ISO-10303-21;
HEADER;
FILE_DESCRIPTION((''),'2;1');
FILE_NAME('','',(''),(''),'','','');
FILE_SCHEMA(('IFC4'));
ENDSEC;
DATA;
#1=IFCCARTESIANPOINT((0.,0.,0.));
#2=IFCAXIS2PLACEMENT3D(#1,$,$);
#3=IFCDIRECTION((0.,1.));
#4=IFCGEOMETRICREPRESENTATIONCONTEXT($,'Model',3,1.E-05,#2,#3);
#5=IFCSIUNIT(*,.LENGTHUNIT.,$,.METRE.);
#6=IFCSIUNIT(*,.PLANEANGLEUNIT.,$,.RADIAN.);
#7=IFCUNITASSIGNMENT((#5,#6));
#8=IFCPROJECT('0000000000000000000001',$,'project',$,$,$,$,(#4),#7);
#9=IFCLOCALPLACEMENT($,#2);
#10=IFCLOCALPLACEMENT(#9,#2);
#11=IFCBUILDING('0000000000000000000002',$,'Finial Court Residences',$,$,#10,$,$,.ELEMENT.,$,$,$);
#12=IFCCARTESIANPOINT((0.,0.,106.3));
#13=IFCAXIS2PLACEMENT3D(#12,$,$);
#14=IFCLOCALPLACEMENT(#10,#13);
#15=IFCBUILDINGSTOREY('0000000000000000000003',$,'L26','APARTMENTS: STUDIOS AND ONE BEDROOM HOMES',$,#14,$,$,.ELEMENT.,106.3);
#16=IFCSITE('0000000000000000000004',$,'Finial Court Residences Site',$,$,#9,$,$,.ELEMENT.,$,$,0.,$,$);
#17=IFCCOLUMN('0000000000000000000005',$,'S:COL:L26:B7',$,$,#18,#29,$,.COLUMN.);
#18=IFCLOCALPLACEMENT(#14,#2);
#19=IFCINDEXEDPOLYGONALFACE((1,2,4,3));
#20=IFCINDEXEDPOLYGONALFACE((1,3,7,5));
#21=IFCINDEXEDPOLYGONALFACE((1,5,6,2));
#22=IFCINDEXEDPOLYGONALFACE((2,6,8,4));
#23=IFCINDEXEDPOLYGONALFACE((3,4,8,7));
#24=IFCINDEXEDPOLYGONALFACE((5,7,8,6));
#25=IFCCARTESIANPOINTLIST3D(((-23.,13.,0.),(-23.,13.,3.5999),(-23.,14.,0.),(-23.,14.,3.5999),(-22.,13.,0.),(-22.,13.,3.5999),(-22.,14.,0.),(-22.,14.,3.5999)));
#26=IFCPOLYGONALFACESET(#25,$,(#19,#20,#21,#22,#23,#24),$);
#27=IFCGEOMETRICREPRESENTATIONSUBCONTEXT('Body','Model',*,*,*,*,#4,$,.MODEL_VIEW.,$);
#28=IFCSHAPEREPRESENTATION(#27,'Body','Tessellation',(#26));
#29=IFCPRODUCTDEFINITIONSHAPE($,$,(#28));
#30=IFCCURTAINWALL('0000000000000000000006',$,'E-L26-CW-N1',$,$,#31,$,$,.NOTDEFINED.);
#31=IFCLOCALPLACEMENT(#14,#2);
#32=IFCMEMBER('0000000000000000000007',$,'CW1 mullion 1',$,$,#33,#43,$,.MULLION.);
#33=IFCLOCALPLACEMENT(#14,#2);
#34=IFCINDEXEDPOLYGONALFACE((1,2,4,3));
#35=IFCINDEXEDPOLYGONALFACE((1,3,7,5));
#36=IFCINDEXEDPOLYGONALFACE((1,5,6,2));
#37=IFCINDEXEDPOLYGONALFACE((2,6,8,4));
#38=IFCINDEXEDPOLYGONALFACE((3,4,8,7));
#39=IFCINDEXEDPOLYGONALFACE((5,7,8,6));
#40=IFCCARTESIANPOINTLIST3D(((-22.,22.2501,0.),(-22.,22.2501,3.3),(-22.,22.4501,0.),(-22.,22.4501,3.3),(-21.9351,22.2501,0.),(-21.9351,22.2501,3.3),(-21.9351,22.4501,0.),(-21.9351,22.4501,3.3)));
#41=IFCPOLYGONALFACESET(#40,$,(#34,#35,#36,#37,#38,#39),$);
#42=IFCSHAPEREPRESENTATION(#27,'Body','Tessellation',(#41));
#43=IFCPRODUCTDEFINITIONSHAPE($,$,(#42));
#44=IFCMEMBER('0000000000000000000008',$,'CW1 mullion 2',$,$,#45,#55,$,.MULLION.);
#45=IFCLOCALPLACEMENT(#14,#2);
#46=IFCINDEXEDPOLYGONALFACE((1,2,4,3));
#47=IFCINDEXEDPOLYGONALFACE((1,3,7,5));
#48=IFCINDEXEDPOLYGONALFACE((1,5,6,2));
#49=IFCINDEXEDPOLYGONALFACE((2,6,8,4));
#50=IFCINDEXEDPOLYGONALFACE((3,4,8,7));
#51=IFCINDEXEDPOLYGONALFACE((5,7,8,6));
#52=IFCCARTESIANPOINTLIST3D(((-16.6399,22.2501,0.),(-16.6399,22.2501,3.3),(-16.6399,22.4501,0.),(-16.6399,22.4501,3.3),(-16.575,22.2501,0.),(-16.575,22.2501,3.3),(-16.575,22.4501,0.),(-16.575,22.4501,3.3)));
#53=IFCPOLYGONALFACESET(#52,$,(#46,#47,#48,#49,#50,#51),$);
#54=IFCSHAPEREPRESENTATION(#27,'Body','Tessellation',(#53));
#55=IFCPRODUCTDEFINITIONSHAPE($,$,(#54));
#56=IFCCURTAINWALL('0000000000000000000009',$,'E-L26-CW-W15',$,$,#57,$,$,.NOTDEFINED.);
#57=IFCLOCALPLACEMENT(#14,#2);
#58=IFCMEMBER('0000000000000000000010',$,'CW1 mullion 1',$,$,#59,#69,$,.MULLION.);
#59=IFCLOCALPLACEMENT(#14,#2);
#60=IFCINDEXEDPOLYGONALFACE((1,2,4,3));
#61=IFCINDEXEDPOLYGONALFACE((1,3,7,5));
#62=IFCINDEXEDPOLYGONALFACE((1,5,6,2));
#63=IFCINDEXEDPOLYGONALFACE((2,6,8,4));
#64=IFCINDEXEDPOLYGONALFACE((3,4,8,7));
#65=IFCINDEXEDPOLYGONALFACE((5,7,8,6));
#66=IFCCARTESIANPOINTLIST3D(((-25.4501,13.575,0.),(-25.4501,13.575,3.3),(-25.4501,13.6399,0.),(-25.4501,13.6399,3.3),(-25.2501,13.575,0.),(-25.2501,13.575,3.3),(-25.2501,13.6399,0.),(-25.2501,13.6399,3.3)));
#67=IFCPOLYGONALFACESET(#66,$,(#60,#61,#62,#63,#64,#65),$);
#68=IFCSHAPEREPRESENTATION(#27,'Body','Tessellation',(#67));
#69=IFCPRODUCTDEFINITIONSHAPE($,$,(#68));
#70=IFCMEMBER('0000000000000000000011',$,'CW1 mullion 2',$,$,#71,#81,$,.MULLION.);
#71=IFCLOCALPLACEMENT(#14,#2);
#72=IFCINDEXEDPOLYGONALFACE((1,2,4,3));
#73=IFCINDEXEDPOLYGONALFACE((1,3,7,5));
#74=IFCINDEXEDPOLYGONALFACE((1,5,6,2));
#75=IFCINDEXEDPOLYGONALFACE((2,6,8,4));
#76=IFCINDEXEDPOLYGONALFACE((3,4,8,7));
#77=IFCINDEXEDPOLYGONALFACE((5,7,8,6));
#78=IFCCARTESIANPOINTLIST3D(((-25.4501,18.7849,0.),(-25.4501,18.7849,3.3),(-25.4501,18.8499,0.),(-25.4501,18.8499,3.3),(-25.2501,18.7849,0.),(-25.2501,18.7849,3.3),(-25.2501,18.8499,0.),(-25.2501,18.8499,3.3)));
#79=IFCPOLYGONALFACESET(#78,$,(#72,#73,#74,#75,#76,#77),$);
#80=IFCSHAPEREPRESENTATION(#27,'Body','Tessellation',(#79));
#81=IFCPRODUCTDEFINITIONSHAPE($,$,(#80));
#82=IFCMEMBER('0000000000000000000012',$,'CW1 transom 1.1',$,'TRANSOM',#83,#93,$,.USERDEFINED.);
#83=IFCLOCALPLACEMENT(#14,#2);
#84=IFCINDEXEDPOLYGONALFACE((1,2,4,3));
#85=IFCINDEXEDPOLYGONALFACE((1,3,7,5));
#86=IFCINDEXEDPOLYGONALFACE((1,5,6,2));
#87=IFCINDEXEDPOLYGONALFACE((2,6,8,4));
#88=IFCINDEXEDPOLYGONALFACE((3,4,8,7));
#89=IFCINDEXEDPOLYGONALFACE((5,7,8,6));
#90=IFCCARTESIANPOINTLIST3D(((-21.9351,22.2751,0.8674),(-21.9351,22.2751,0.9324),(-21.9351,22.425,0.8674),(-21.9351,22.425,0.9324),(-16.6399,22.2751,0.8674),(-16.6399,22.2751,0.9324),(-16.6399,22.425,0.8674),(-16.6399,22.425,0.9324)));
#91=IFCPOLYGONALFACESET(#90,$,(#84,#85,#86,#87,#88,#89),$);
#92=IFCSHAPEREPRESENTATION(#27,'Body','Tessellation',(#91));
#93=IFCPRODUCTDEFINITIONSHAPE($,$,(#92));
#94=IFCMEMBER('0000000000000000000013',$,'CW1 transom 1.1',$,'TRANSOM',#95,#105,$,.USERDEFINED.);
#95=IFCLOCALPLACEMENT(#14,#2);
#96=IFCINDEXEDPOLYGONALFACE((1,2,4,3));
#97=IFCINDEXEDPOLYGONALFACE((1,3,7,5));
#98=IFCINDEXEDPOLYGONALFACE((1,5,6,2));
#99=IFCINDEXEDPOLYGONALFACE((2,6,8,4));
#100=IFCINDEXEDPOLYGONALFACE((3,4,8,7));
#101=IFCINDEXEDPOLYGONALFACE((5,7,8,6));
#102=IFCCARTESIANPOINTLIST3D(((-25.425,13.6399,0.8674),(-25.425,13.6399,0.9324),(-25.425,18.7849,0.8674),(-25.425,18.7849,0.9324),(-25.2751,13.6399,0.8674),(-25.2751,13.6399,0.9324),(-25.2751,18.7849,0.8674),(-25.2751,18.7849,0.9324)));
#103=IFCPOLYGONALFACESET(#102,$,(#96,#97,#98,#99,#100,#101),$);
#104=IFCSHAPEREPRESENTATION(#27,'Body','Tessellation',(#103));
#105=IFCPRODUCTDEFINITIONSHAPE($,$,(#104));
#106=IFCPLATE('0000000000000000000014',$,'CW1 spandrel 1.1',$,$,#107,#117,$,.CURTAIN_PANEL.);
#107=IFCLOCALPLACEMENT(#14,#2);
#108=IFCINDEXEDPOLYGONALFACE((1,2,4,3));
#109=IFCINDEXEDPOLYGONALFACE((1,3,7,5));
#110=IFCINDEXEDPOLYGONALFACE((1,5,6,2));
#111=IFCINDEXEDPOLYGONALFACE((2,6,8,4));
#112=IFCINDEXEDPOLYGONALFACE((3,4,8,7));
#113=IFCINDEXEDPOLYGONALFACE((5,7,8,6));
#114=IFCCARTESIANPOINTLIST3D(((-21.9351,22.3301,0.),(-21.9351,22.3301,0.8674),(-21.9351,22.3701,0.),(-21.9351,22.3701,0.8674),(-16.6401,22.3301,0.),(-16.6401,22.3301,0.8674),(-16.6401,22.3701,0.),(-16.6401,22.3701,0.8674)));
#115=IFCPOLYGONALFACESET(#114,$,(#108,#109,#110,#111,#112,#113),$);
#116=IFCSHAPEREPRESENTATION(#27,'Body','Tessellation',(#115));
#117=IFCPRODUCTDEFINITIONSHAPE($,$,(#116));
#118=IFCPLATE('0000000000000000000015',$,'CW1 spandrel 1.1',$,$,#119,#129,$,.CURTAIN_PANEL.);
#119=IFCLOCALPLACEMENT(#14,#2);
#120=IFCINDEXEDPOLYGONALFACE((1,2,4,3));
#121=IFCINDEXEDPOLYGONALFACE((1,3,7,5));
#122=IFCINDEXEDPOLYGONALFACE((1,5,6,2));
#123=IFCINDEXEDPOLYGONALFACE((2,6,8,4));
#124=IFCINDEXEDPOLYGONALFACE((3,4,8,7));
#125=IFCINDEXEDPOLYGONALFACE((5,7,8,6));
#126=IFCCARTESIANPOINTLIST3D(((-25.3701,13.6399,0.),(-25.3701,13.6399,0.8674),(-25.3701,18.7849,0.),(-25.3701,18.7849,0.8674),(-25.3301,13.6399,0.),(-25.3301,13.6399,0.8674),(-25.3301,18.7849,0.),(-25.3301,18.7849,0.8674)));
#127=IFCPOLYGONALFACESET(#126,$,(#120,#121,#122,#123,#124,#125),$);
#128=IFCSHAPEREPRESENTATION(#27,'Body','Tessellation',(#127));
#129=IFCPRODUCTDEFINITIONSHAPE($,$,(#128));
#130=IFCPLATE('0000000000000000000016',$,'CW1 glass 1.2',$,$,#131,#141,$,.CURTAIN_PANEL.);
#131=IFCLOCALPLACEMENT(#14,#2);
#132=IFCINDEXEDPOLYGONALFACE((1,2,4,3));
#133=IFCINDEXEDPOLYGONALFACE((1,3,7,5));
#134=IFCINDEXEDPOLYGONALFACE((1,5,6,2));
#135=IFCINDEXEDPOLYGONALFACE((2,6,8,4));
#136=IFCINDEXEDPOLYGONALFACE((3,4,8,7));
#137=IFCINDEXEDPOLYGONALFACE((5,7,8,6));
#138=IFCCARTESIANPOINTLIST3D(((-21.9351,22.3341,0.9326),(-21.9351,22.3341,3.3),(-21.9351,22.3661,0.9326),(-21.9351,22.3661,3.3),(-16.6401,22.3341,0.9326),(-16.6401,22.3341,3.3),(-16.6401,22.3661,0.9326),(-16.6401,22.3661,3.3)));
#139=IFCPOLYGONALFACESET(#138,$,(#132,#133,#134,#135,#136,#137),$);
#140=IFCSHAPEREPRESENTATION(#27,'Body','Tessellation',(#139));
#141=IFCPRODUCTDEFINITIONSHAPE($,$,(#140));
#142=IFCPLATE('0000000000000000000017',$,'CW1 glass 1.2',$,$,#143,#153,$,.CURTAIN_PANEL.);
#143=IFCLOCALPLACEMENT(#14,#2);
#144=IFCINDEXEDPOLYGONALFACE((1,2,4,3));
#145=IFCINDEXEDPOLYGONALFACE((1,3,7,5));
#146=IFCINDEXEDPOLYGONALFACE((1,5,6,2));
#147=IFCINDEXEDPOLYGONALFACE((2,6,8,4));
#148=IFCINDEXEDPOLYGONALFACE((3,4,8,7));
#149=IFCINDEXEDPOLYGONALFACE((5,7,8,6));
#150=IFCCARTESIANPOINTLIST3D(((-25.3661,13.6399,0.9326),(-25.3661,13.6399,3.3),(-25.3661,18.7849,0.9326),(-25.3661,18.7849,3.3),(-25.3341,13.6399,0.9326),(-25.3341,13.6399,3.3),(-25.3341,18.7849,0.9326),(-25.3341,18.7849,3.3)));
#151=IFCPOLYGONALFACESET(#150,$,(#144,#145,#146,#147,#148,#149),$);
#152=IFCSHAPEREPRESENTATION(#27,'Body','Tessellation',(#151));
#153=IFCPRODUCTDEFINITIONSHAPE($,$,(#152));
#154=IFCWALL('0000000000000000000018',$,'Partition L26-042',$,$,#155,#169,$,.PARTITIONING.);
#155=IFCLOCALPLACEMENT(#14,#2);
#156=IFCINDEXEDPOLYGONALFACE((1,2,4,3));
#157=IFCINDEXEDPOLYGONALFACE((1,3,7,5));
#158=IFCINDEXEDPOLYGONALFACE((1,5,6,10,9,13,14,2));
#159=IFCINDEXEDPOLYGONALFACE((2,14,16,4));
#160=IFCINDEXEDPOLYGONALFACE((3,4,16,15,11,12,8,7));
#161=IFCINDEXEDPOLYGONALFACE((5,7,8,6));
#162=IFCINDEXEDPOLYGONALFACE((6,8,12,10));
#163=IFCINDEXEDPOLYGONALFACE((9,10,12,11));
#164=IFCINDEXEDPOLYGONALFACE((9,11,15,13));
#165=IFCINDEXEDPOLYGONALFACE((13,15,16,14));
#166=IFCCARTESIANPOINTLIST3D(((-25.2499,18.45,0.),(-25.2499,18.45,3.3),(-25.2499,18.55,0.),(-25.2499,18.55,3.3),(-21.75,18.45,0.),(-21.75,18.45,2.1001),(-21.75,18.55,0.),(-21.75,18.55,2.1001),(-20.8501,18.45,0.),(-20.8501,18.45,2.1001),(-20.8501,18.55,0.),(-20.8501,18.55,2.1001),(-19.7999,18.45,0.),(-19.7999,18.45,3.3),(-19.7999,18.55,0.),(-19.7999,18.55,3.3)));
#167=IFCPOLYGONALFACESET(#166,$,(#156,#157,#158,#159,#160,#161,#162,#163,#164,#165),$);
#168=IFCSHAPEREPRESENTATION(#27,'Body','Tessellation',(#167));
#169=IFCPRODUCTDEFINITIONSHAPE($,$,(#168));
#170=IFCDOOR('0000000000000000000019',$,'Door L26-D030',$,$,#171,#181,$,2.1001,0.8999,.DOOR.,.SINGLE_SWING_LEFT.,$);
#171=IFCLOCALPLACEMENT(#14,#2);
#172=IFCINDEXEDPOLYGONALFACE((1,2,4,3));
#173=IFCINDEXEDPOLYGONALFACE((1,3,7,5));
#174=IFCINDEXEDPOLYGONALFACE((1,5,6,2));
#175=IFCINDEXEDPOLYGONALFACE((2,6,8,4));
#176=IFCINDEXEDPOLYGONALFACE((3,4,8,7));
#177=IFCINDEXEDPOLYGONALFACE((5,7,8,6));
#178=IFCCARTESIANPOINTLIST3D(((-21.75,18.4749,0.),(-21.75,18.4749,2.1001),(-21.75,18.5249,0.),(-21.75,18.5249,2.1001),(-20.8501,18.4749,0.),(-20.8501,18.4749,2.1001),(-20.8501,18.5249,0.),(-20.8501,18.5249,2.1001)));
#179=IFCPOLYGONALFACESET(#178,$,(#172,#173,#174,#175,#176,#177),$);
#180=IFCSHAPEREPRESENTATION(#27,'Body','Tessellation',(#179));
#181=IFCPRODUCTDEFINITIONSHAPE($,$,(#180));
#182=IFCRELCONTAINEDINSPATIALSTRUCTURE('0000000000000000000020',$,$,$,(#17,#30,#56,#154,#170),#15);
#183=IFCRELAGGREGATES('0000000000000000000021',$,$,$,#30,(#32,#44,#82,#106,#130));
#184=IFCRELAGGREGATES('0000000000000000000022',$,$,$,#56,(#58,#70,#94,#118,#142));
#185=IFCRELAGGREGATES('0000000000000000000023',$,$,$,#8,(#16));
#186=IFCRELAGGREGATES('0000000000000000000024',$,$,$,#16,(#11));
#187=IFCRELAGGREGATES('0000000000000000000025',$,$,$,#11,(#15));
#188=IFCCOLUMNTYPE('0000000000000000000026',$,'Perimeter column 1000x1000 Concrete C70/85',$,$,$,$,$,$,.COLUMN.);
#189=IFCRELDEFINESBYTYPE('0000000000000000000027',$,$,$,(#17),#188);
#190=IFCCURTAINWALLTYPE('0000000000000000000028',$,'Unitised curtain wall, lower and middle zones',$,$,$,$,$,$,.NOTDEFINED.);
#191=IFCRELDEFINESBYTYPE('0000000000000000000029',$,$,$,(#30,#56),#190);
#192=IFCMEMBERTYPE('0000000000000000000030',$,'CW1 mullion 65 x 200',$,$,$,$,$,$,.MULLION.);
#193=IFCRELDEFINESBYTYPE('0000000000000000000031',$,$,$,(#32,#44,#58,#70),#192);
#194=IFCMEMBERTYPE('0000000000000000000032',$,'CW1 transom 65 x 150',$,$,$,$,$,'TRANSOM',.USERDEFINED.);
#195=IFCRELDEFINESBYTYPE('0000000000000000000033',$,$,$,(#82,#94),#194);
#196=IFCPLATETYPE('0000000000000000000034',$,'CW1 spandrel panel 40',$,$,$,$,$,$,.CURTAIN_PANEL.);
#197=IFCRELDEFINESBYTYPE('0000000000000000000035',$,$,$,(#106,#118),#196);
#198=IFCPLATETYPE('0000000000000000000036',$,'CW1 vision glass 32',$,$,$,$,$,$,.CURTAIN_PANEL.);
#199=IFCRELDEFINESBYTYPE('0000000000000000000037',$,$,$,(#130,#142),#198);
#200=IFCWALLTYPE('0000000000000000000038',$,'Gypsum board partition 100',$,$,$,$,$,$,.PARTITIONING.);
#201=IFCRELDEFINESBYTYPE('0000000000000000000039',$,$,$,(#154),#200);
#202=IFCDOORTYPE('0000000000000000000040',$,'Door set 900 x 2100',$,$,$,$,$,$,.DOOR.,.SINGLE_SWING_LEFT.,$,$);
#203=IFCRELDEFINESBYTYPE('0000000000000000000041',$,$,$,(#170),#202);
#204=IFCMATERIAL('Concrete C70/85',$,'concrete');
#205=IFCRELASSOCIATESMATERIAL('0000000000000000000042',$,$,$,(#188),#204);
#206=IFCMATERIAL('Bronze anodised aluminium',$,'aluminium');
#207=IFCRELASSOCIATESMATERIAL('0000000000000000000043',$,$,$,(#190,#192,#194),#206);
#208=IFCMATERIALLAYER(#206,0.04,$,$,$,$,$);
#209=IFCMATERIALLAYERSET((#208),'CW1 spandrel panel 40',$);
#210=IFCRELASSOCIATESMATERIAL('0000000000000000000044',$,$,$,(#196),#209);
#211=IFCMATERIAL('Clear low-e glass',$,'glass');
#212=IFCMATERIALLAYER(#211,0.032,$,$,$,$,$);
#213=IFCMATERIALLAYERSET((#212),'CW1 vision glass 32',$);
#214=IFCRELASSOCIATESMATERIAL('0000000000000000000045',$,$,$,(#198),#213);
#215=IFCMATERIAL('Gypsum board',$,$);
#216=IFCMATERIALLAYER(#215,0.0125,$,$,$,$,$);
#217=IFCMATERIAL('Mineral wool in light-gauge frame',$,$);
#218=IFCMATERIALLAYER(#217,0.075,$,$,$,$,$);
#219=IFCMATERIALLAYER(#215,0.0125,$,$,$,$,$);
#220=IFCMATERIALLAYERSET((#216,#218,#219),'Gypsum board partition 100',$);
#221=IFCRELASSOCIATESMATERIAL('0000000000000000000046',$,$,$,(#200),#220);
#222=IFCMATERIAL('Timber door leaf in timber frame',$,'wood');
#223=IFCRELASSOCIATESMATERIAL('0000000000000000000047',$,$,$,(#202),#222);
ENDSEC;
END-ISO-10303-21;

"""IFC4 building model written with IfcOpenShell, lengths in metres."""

from ifc_helpers import new_model, si_unit, direction, frame, frame_2d, origin, origin_2d, place, context, subcontext, project, spatial, rectangle, extrude, material, layer, layer_set, material_profile, profile_set, type_object, element, fill, aggregate, save


model = new_model("IFC4")

# Units and contexts
model_context = context("Model", 3, precision=1e-05, world=origin(), true_north=direction((0.0, 1.0)))
body_context = subcontext(model_context, "Body", "Model", "MODEL_VIEW")
ifc_project = project(units=[si_unit("LENGTHUNIT", "METRE"), si_unit("PLANEANGLEUNIT", "RADIAN")], contexts=[model_context])

# Site, building, storey
site_placement = place(None, origin())
site = spatial("IfcSite", under=ifc_project, at=site_placement, Name="Finial Court Residences Site", CompositionType="ELEMENT", RefElevation=0.0)
building_placement = place(site_placement, origin())
building = spatial("IfcBuilding", under=site, at=building_placement, Name="Finial Court Residences", CompositionType="ELEMENT")
storey_placement = place(building_placement, frame((0.0, 0.0, 106.3)))
storey = spatial("IfcBuildingStorey", under=building, at=storey_placement, Name="L26", Description="APARTMENTS: STUDIOS AND ONE BEDROOM HOMES", CompositionType="ELEMENT", Elevation=106.3)

# Column
ifc_material_1 = material(Name="Concrete C70/85", Category="concrete")
ifc_material_profile_1 = material_profile(ifc_material_1, rectangle(XDim=1.0, YDim=1.0, at=origin_2d()), Name="1000x1000")
ifc_profile_set_1 = profile_set([ifc_material_profile_1], Name="Concrete C70/85")
column_type = type_object("IfcColumnType", Name="Perimeter column 1000x1000 Concrete C70/85", PredefinedType="COLUMN", material=ifc_profile_set_1)
column_placement = place(storey_placement, frame((-22.5, 13.5, 0.0), z_axis=(0.0, 0.0, 1.0), x_axis=(1.0, 0.0, 0.0)))
element("IfcColumn", 1, at=column_placement, inside=storey, type_object=column_type, Name="S:COL:L26:B7", PredefinedType="COLUMN", context=body_context, shape_type="SweptSolid", body=[
    extrude(rectangle(XDim=1.0, YDim=1.0, at=origin_2d()), origin(), (0.0, 0.0, 1.0), 3.5999),
])

# Curtain walls, members
ifc_material_2 = material(Name="Bronze anodised aluminium", Category="aluminium")
curtain_wall_type = type_object("IfcCurtainWallType", Name="Unitised curtain wall, lower and middle zones", PredefinedType="NOTDEFINED", material=ifc_material_2)
curtain_wall_1_placement = place(storey_placement, origin())
curtain_wall_1 = element("IfcCurtainWall", 2, at=curtain_wall_1_placement, inside=storey, type_object=curtain_wall_type, Name="E-L26-CW-N1", PredefinedType="NOTDEFINED")
ifc_material_profile_2 = material_profile(ifc_material_2, rectangle(XDim=0.2, YDim=0.0649, at=origin_2d()), Name="CW1 mullion 65 x 200")
ifc_profile_set_2 = profile_set([ifc_material_profile_2], Name="Bronze anodised aluminium")
member_type_1 = type_object("IfcMemberType", Name="CW1 mullion 65 x 200", PredefinedType="MULLION", material=ifc_profile_set_2)
member_1_placement = place(storey_placement, frame((-21.9675, 22.3501, 0.0), z_axis=(0.0, 0.0, 1.0), x_axis=(0.0, 1.0, 0.0)))
member_1 = element("IfcMember", 3, at=member_1_placement, type_object=member_type_1, Name="CW1 mullion 1", PredefinedType="MULLION", context=body_context, shape_type="SweptSolid", body=[
    extrude(rectangle(XDim=0.2, YDim=0.0649, at=origin_2d()), origin(), (0.0, 0.0, 1.0), 3.3),
])
member_2_placement = place(storey_placement, frame((-16.6074, 22.3501, 0.0), z_axis=(0.0, 0.0, 1.0), x_axis=(0.0, 1.0, 0.0)))
member_2 = element("IfcMember", 4, at=member_2_placement, type_object=member_type_1, Name="CW1 mullion 2", PredefinedType="MULLION", context=body_context, shape_type="SweptSolid", body=[
    extrude(rectangle(XDim=0.2, YDim=0.0649, at=origin_2d()), origin(), (0.0, 0.0, 1.0), 3.3),
])
curtain_wall_2_placement = place(storey_placement, origin())
curtain_wall_2 = element("IfcCurtainWall", 5, at=curtain_wall_2_placement, inside=storey, type_object=curtain_wall_type, Name="E-L26-CW-W15", PredefinedType="NOTDEFINED")
member_3_placement = place(storey_placement, frame((-25.3501, 13.6074, 0.0), z_axis=(0.0, 0.0, 1.0), x_axis=(-1.0, 0.0, 0.0)))
member_3 = element("IfcMember", 6, at=member_3_placement, type_object=member_type_1, Name="CW1 mullion 1", PredefinedType="MULLION", context=body_context, shape_type="SweptSolid", body=[
    extrude(rectangle(XDim=0.2, YDim=0.0649, at=origin_2d()), origin(), (0.0, 0.0, 1.0), 3.3),
])
member_4_placement = place(storey_placement, frame((-25.3501, 18.8174, 0.0), z_axis=(0.0, 0.0, 1.0), x_axis=(-1.0, 0.0, 0.0)))
member_4 = element("IfcMember", 7, at=member_4_placement, type_object=member_type_1, Name="CW1 mullion 2", PredefinedType="MULLION", context=body_context, shape_type="SweptSolid", body=[
    extrude(rectangle(XDim=0.2, YDim=0.0649, at=origin_2d()), origin(), (0.0, 0.0, 1.0), 3.3),
])

# Members
ifc_material_profile_3 = material_profile(ifc_material_2, rectangle(XDim=0.1499, YDim=0.0649, at=origin_2d()), Name="CW1 transom 65 x 150")
ifc_profile_set_3 = profile_set([ifc_material_profile_3], Name="Bronze anodised aluminium")
member_type_2 = type_object("IfcMemberType", Name="CW1 transom 65 x 150", ElementType="TRANSOM", PredefinedType="USERDEFINED", material=ifc_profile_set_3)
member_5_placement = place(storey_placement, frame((-21.9351, 22.3501, 0.8999), z_axis=(1.0, 0.0, 0.0), x_axis=(0.0, 1.0, 0.0)))
member_5 = element("IfcMember", 8, at=member_5_placement, type_object=member_type_2, Name="CW1 transom 1.1", ObjectType="TRANSOM", PredefinedType="USERDEFINED", context=body_context, shape_type="SweptSolid", body=[
    extrude(rectangle(XDim=0.1499, YDim=0.0649, at=origin_2d()), origin(), (0.0, 0.0, 1.0), 5.2952),
])
member_6_placement = place(storey_placement, frame((-25.3501, 13.6399, 0.8999), z_axis=(0.0, 1.0, 0.0), x_axis=(-1.0, 0.0, 0.0)))
member_6 = element("IfcMember", 9, at=member_6_placement, type_object=member_type_2, Name="CW1 transom 1.1", ObjectType="TRANSOM", PredefinedType="USERDEFINED", context=body_context, shape_type="SweptSolid", body=[
    extrude(rectangle(XDim=0.1499, YDim=0.0649, at=origin_2d()), origin(), (0.0, 0.0, 1.0), 5.145),
])

# Plates
ifc_layer_1 = layer(ifc_material_2, 0.04)
ifc_layer_set_1 = layer_set([ifc_layer_1], Name="CW1 spandrel panel 40")
plate_type_1 = type_object("IfcPlateType", Name="CW1 spandrel panel 40", PredefinedType="CURTAIN_PANEL", material=ifc_layer_set_1)
plate_1_placement = place(storey_placement, frame((-19.2876, 22.3501, 0.0), z_axis=(0.0, 0.0, 1.0), x_axis=(1.0, 0.0, 0.0)))
plate_1 = element("IfcPlate", 10, at=plate_1_placement, type_object=plate_type_1, Name="CW1 spandrel 1.1", PredefinedType="CURTAIN_PANEL", context=body_context, shape_type="SweptSolid", body=[
    extrude(rectangle(XDim=5.2949, YDim=0.04, at=origin_2d()), origin(), (0.0, 0.0, 1.0), 0.8674),
])
plate_2_placement = place(storey_placement, frame((-25.3501, 16.2124, 0.0), z_axis=(0.0, 0.0, 1.0), x_axis=(0.0, 1.0, 0.0)))
plate_2 = element("IfcPlate", 11, at=plate_2_placement, type_object=plate_type_1, Name="CW1 spandrel 1.1", PredefinedType="CURTAIN_PANEL", context=body_context, shape_type="SweptSolid", body=[
    extrude(rectangle(XDim=5.145, YDim=0.04, at=origin_2d()), origin(), (0.0, 0.0, 1.0), 0.8674),
])
ifc_material_3 = material(Name="Clear low-e glass", Category="glass")
ifc_layer_2 = layer(ifc_material_3, 0.032)
ifc_layer_set_2 = layer_set([ifc_layer_2], Name="CW1 vision glass 32")
plate_type_2 = type_object("IfcPlateType", Name="CW1 vision glass 32", PredefinedType="CURTAIN_PANEL", material=ifc_layer_set_2)
plate_3_placement = place(storey_placement, frame((-19.2876, 22.3501, 0.9326), z_axis=(0.0, 0.0, 1.0), x_axis=(1.0, 0.0, 0.0)))
plate_3 = element("IfcPlate", 12, at=plate_3_placement, type_object=plate_type_2, Name="CW1 glass 1.2", PredefinedType="CURTAIN_PANEL", context=body_context, shape_type="SweptSolid", body=[
    extrude(rectangle(XDim=5.2949, YDim=0.032, at=origin_2d()), origin(), (0.0, 0.0, 1.0), 2.3674),
])
aggregate(curtain_wall_1, [member_1, member_2, member_5, plate_1, plate_3])
plate_4_placement = place(storey_placement, frame((-25.3501, 16.2124, 0.9326), z_axis=(0.0, 0.0, 1.0), x_axis=(0.0, 1.0, 0.0)))
plate_4 = element("IfcPlate", 13, at=plate_4_placement, type_object=plate_type_2, Name="CW1 glass 1.2", PredefinedType="CURTAIN_PANEL", context=body_context, shape_type="SweptSolid", body=[
    extrude(rectangle(XDim=5.145, YDim=0.032, at=origin_2d()), origin(), (0.0, 0.0, 1.0), 2.3674),
])
aggregate(curtain_wall_2, [member_3, member_4, member_6, plate_2, plate_4])

# Wall, opening, door
ifc_material_4 = material(Name="Gypsum board")
ifc_layer_3 = layer(ifc_material_4, 0.0125)
ifc_material_5 = material(Name="Mineral wool in light-gauge frame")
ifc_layer_4 = layer(ifc_material_5, 0.075)
ifc_layer_5 = layer(ifc_material_4, 0.0125)
ifc_layer_set_3 = layer_set([ifc_layer_3, ifc_layer_4, ifc_layer_5], Name="Gypsum board partition 100")
wall_type_1 = type_object("IfcWallType", Name="Gypsum board partition 100", PredefinedType="PARTITIONING", material=ifc_layer_set_3)
wall_1_placement = place(storey_placement, frame((-25.25, 18.5, 0.0), z_axis=(0.0, 0.0, 1.0), x_axis=(1.0, 0.0, 0.0)))
wall_1 = element("IfcWall", 14, at=wall_1_placement, inside=storey, type_object=wall_type_1, Name="Partition L26-042", PredefinedType="PARTITIONING", context=body_context, shape_type="SweptSolid", body=[
    extrude(rectangle(XDim=5.45, YDim=0.1001, at=frame_2d((2.7251, 0.0))), origin(), (0.0, 0.0, 1.0), 3.3),
])
opening_1_placement = place(wall_1_placement, frame((3.5, 0.0, 0.0)))
opening_1 = element("IfcOpeningElement", 15, at=opening_1_placement, cuts=wall_1, PredefinedType="OPENING", context=body_context, shape_type="SweptSolid", body=[
    extrude(rectangle(XDim=0.8999, YDim=2.1001, at=frame_2d((0.45, 1.05))), frame((0.0, 0.0601, 0.0), z_axis=(0.0, -1.0, 0.0), x_axis=(1.0, 0.0, 0.0)), (0.0, 0.0, 1.0), 0.1201),
])
ifc_material_6 = material(Name="Timber door leaf in timber frame", Category="wood")
door_type = type_object("IfcDoorType", Name="Door set 900 x 2100", OperationType="SINGLE_SWING_LEFT", PredefinedType="DOOR", material=ifc_material_6)
door_1_placement = place(opening_1_placement, origin())
door_1 = element("IfcDoor", 16, at=door_1_placement, inside=storey, type_object=door_type, Name="Door L26-D030", OperationType="SINGLE_SWING_LEFT", OverallHeight=2.1001, OverallWidth=0.8999, PredefinedType="DOOR", context=body_context, shape_type="SweptSolid", body=[
    extrude(rectangle(XDim=0.8999, YDim=2.1001, at=frame_2d((0.45, 1.05))), frame((0.0, 0.0249, 0.0), z_axis=(0.0, -1.0, 0.0), x_axis=(1.0, 0.0, 0.0)), (0.0, 0.0, 1.0), 0.05),
])
fill(opening_1, door_1)

save(model, "model.ifc")
